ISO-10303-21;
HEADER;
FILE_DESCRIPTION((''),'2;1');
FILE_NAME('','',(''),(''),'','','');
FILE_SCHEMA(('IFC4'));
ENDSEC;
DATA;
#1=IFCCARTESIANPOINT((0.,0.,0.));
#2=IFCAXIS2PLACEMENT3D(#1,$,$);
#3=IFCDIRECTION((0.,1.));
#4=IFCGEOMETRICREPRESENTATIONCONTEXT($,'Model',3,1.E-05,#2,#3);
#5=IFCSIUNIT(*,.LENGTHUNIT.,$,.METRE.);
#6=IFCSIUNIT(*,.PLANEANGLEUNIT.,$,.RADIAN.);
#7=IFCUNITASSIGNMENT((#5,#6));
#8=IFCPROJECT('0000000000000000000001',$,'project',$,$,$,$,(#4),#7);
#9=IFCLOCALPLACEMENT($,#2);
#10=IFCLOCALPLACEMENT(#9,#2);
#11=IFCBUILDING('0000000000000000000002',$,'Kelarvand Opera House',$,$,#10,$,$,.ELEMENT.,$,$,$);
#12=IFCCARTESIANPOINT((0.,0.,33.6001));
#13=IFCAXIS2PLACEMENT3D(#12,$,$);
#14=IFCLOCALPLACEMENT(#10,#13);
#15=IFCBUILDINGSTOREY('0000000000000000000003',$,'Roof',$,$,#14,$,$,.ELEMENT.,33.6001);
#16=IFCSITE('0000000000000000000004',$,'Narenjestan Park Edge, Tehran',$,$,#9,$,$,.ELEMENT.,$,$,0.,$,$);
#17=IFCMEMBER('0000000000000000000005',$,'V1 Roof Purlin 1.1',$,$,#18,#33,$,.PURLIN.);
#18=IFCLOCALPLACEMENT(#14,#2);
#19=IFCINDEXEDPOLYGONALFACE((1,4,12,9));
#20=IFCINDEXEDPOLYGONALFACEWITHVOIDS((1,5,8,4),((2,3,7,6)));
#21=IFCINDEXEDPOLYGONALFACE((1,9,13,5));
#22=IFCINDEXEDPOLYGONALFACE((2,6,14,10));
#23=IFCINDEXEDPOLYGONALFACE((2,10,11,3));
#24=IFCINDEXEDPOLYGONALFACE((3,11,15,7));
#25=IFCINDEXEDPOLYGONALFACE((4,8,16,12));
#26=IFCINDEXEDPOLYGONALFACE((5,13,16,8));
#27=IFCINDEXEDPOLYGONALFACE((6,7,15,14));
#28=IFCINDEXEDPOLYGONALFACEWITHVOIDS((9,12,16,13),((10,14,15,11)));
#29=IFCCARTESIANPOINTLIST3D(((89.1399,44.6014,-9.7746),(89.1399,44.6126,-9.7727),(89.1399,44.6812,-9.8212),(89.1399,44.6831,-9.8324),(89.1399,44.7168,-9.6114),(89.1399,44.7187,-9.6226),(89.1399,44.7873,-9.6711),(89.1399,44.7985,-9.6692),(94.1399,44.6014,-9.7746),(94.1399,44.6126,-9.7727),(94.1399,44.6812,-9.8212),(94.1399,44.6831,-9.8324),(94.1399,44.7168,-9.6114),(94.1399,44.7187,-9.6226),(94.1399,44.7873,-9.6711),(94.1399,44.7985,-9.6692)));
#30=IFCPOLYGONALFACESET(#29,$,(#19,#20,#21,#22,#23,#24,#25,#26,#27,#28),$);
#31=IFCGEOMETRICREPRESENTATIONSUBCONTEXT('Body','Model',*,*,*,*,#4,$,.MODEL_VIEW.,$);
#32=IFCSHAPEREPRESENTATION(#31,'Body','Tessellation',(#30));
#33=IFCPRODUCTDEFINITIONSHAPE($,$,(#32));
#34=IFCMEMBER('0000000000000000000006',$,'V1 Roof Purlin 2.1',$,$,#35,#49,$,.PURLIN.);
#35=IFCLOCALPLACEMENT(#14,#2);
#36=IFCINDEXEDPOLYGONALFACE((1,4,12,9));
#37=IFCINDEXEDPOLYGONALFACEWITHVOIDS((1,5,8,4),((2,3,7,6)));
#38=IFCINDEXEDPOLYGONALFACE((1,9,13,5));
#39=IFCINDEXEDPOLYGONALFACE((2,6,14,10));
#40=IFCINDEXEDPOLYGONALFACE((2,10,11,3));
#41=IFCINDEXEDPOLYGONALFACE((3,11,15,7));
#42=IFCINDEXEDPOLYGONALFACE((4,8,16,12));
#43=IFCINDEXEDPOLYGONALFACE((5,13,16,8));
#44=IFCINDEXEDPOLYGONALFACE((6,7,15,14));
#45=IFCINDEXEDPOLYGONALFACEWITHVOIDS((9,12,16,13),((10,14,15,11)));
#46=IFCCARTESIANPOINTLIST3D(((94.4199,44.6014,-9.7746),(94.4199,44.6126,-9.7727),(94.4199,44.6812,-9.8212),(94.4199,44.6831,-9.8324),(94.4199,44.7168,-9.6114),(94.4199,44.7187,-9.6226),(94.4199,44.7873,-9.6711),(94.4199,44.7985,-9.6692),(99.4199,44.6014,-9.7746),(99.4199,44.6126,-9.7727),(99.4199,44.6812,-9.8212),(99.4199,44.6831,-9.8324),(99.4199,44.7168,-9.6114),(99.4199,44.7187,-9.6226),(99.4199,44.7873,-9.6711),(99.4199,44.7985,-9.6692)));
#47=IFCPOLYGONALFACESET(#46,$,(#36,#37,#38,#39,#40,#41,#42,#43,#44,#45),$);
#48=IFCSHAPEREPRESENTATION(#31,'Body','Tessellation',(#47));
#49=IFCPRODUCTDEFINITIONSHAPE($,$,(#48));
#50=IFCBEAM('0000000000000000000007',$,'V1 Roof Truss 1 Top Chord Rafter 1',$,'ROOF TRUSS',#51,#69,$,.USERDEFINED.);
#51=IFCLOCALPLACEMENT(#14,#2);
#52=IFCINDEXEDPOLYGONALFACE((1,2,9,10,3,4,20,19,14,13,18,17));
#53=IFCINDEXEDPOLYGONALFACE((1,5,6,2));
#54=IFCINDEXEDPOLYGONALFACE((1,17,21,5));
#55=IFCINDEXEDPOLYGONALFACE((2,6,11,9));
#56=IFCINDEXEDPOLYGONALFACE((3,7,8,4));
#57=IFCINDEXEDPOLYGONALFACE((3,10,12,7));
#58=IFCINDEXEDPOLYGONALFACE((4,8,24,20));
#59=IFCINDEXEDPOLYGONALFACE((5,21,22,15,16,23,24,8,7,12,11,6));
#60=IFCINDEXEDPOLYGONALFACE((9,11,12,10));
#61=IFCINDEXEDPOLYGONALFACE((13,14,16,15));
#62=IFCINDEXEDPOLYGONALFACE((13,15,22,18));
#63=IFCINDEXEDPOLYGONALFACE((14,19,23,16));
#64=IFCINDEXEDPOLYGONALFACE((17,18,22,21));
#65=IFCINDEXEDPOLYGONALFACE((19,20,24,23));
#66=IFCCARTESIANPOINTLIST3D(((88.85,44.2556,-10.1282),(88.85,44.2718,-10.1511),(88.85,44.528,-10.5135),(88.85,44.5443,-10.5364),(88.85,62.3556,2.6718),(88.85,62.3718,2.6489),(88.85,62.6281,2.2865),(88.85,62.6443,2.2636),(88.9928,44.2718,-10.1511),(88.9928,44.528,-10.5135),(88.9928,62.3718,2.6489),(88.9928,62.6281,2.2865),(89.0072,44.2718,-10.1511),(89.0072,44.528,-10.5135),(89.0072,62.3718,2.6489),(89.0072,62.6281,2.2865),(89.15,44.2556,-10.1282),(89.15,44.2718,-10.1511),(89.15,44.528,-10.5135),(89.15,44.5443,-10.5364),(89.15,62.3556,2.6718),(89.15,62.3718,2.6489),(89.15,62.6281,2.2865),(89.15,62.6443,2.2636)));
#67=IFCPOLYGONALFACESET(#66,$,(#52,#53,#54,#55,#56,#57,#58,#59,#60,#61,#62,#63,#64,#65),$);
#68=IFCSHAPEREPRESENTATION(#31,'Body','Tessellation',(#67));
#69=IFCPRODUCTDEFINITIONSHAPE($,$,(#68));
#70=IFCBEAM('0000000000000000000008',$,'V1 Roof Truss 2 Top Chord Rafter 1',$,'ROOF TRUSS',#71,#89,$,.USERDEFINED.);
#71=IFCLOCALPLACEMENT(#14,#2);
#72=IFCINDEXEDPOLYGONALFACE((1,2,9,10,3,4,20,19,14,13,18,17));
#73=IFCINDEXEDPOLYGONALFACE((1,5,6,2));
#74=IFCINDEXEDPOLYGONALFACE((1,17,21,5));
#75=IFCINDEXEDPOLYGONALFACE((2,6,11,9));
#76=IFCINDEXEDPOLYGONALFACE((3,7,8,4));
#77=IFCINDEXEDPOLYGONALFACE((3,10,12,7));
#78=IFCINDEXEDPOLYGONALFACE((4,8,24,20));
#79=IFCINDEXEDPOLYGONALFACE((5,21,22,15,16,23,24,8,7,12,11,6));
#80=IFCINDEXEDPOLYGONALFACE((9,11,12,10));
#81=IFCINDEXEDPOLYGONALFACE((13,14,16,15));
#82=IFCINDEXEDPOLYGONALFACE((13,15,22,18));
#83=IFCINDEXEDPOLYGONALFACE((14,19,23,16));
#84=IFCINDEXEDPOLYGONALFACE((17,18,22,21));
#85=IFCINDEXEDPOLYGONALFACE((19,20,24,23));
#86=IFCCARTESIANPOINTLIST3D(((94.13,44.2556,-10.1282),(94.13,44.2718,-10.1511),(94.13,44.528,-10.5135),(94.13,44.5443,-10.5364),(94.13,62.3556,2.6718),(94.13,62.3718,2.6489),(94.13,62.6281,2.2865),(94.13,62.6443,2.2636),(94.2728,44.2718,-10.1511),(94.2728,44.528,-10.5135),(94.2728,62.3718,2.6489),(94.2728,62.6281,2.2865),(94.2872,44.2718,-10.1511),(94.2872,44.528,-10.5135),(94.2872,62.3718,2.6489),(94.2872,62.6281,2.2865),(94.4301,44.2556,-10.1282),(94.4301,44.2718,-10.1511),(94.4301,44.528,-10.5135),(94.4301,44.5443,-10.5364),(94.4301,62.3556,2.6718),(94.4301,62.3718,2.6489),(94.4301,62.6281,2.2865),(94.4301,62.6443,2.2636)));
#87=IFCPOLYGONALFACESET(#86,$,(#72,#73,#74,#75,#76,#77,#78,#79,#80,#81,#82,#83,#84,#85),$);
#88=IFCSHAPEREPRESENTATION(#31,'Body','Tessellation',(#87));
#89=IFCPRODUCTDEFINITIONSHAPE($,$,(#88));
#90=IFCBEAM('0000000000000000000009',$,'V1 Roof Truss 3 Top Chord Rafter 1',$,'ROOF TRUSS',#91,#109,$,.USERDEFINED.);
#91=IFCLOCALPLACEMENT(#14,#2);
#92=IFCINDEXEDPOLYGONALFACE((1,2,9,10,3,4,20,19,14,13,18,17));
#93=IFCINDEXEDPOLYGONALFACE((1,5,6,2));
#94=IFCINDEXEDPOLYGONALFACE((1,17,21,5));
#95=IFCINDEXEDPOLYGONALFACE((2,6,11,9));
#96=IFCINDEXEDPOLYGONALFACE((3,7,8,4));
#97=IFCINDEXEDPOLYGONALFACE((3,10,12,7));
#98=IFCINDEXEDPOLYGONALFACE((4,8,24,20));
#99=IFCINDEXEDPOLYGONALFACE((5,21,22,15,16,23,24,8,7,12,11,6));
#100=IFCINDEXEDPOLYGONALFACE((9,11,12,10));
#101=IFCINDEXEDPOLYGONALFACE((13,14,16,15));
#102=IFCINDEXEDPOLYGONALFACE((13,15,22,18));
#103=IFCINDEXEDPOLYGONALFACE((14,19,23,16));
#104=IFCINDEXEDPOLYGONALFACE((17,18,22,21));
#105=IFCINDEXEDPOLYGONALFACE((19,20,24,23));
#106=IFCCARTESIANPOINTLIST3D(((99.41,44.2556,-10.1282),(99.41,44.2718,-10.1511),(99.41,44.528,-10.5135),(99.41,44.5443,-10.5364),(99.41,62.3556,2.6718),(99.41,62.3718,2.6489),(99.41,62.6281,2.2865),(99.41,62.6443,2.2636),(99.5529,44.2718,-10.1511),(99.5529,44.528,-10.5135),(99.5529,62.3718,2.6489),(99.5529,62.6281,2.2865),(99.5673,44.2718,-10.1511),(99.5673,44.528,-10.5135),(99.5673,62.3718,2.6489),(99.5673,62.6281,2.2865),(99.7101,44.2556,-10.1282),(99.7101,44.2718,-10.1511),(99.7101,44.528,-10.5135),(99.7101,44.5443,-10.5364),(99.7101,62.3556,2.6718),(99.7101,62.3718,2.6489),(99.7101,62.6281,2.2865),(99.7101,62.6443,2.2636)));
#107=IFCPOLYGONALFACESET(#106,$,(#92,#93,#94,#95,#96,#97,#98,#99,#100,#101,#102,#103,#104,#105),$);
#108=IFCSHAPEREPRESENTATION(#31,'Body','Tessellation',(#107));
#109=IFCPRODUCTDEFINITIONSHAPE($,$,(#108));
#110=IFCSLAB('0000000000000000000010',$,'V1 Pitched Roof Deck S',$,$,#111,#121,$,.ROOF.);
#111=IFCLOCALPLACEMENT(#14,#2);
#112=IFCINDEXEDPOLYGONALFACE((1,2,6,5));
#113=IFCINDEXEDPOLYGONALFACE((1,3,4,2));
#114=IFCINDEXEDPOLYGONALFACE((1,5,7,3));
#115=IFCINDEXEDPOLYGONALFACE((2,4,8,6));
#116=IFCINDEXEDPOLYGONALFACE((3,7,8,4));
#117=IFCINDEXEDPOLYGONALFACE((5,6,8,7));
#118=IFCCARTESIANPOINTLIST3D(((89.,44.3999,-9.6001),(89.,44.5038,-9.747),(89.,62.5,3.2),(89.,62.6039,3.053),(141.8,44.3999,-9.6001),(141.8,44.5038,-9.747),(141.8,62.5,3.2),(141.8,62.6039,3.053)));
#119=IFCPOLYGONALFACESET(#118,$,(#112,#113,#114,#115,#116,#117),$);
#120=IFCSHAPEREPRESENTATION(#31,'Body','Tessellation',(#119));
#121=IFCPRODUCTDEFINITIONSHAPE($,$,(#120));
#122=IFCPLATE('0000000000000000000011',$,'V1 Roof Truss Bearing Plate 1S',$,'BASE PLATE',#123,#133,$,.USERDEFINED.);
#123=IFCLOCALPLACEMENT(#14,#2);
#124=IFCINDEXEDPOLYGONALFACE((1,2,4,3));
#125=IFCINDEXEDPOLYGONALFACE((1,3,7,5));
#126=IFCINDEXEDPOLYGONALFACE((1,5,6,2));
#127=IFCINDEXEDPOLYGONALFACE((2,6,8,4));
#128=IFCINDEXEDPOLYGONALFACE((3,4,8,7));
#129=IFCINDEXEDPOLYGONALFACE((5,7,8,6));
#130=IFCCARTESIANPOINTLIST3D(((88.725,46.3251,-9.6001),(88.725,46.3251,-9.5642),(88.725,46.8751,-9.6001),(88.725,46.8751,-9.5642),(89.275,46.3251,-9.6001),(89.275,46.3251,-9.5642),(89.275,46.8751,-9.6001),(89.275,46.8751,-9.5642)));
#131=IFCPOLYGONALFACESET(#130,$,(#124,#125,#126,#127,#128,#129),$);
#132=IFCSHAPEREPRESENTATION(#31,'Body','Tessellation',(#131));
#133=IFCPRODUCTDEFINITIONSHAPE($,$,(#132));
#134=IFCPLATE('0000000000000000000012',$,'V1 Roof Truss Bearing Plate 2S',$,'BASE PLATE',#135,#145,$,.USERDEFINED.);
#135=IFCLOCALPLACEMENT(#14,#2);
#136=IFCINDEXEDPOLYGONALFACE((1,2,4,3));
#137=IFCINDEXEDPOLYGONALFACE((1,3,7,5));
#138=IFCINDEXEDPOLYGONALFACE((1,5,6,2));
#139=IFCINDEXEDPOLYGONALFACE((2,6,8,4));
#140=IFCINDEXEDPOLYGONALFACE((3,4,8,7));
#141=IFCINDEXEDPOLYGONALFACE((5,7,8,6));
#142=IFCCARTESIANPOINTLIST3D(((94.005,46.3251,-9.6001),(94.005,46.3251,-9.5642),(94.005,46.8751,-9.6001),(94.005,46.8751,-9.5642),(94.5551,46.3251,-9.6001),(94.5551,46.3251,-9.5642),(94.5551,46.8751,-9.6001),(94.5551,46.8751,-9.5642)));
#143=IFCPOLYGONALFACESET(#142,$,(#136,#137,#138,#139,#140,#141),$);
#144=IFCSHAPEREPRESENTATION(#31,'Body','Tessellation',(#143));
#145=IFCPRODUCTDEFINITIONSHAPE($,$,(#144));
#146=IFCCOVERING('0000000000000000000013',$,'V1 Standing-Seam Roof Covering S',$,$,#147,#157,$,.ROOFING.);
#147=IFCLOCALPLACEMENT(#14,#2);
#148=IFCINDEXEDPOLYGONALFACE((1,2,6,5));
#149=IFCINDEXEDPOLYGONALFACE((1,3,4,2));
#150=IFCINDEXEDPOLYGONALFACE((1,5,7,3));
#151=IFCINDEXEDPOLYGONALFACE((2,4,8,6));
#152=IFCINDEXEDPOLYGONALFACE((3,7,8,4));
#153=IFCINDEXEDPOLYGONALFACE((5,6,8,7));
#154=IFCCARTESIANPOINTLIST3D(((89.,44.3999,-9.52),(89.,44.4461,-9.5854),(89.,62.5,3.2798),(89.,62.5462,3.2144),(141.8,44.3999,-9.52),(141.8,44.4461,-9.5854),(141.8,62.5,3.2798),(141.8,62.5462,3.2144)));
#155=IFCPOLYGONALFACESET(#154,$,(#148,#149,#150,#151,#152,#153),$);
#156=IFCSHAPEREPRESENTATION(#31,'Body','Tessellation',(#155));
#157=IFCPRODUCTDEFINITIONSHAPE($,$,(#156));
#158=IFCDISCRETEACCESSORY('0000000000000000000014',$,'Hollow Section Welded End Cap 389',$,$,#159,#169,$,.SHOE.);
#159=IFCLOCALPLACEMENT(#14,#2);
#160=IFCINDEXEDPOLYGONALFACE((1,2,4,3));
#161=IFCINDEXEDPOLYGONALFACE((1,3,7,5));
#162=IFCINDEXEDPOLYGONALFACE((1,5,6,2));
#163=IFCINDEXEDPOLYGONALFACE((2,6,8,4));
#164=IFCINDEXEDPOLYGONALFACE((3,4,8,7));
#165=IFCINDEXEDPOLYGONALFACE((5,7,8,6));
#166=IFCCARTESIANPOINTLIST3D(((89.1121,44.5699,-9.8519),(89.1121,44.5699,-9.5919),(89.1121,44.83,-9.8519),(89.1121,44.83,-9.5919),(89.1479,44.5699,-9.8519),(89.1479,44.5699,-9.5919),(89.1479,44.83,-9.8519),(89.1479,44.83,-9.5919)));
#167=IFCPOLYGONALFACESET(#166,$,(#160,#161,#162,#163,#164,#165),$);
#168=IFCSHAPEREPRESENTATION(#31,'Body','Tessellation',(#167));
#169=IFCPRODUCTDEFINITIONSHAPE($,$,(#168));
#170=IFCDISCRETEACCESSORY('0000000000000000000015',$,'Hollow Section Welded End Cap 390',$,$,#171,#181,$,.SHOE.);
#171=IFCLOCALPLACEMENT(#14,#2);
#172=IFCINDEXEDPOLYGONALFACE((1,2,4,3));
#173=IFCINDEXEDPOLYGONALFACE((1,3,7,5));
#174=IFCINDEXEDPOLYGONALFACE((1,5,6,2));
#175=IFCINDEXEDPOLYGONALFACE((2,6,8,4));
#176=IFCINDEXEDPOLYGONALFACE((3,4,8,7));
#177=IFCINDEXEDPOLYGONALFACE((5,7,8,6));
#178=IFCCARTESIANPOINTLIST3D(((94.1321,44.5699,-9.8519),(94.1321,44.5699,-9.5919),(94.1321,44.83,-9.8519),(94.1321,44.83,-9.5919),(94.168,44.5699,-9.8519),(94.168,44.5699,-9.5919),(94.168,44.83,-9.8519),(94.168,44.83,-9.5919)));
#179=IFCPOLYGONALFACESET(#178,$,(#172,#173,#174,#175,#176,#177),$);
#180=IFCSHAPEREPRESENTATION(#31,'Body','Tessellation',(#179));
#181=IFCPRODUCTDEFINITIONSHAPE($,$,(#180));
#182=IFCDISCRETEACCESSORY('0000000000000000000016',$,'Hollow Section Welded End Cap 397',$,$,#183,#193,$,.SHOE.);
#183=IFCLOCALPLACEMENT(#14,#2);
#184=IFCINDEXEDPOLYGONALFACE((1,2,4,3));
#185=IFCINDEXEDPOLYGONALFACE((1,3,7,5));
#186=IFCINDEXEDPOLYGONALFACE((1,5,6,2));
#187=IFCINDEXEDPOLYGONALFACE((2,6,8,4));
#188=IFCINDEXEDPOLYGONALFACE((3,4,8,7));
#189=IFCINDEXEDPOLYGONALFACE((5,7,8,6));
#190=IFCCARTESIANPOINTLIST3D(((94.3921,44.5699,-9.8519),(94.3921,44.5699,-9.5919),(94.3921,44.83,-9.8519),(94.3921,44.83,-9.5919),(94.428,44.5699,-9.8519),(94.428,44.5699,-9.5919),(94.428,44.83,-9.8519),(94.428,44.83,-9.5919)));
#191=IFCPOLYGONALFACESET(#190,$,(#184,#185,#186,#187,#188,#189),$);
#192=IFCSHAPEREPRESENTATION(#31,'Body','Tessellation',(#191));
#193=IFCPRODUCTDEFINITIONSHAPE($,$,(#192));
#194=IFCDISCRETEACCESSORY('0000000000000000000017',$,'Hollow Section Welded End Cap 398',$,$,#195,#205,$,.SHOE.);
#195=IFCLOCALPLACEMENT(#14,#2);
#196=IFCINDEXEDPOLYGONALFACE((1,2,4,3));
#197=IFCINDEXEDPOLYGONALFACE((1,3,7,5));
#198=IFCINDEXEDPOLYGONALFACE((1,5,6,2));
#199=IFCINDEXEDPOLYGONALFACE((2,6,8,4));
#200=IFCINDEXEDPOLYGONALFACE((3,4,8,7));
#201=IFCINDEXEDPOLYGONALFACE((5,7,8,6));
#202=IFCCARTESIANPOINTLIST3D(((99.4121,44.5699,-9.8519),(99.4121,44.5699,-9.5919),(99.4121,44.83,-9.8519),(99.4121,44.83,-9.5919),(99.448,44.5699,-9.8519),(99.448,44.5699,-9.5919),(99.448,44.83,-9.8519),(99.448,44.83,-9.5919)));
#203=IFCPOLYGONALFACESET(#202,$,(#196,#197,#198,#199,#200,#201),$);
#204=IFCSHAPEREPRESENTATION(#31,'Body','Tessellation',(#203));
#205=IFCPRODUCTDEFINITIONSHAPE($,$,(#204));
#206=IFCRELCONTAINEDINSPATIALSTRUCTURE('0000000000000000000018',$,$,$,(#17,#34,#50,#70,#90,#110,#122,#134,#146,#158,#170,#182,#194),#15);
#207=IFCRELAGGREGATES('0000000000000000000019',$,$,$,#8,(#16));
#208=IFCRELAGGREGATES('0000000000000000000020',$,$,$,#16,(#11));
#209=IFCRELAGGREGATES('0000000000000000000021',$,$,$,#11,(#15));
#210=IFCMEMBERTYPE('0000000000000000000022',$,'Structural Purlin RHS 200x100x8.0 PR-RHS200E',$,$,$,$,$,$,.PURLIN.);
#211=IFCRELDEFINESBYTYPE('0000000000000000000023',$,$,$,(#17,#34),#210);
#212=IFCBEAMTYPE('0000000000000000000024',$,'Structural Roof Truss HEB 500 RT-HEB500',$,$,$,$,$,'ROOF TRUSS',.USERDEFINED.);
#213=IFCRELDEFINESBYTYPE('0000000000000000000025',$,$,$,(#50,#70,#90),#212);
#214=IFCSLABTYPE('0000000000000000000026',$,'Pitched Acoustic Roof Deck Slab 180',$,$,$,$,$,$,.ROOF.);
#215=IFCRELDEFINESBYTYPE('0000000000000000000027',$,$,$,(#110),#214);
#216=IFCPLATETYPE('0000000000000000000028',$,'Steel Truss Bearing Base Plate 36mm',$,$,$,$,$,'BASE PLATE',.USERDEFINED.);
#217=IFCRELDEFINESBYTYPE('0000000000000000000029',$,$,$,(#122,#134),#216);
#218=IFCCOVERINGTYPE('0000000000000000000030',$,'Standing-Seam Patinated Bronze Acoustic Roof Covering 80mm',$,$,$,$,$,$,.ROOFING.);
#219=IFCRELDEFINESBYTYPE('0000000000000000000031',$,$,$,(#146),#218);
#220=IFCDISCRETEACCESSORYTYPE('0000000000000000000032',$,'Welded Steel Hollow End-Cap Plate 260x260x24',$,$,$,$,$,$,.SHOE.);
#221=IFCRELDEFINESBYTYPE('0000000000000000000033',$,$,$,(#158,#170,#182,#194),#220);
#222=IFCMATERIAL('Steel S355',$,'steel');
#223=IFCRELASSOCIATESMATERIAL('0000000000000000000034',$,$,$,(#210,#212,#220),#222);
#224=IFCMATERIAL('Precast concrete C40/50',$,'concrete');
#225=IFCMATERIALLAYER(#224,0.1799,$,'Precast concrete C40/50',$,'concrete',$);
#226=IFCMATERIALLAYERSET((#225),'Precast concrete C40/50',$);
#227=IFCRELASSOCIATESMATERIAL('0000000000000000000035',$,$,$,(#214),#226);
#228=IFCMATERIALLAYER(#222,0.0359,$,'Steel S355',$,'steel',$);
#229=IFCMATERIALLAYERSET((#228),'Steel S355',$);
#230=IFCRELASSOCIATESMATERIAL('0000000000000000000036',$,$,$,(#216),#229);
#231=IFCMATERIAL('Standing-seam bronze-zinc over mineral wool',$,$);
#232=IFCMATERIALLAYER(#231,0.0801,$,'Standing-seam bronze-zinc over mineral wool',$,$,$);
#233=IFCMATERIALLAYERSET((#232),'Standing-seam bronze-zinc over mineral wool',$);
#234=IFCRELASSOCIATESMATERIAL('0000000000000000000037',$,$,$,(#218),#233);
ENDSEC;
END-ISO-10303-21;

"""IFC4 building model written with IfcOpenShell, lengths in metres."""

from ifc_helpers import new_model, si_unit, direction, frame, origin, origin_2d, place, context, subcontext, project, spatial, polyline, rectangle, hollow_rectangle, i_section, outline, extrude, material, layer, layer_set, material_profile, profile_set, type_object, element, save


model = new_model("IFC4")

# Units and contexts
model_context = context("Model", 3, precision=1e-05, world=origin(), true_north=direction((0.0, 1.0)))
body_context = subcontext(model_context, "Body", "Model", "MODEL_VIEW")
ifc_project = project(units=[si_unit("LENGTHUNIT", "METRE"), si_unit("PLANEANGLEUNIT", "RADIAN")], contexts=[model_context])

# Site, building, storey
site_placement = place(None, origin())
site = spatial("IfcSite", under=ifc_project, at=site_placement, Name="Narenjestan Park Edge, Tehran", CompositionType="ELEMENT", RefElevation=0.0)
building_placement = place(site_placement, origin())
building = spatial("IfcBuilding", under=site, at=building_placement, Name="Kelarvand Opera House", CompositionType="ELEMENT")
storey_placement = place(building_placement, frame((0.0, 0.0, 33.6001)))
storey = spatial("IfcBuildingStorey", under=building, at=storey_placement, Name="Roof", CompositionType="ELEMENT", Elevation=33.6001)

# Members
ifc_material_1 = material(Name="Steel S355", Category="steel")
ifc_material_profile_1 = material_profile(ifc_material_1, hollow_rectangle(XDim=0.1001, YDim=0.2, WallThickness=0.0081, at=origin_2d()), Name="RHS 200x100x8.0", Category="steel")
ifc_profile_set_1 = profile_set([ifc_material_profile_1], Name="Steel S355")
member_type_1 = type_object("IfcMemberType", Name="Structural Purlin RHS 200x100x8.0 PR-RHS200E", PredefinedType="PURLIN", material=ifc_profile_set_1)
for number, where, z_axis, x_axis, name in (
    (1, (89.1399, 44.7, -9.7219), (1.0, 0.0, 0.0), (0.0, 0.81644, -0.57743), "V1 Roof Purlin 1.1"),
    (2, (94.4199, 44.7, -9.7219), (1.0, 0.0, 0.0), (0.0, 0.81644, -0.57743), "V1 Roof Purlin 2.1"),
):
    element("IfcMember", number, at=place(storey_placement, frame(where, z_axis=z_axis, x_axis=x_axis)), inside=storey, type_object=member_type_1, Name=name, PredefinedType="PURLIN", context=body_context, shape_type="SweptSolid", body=[
        extrude(hollow_rectangle(XDim=0.1001, YDim=0.2, WallThickness=0.0081, at=origin_2d()), origin(), (0.0, 0.0, 1.0), 5.0),
    ])

# Beams
ifc_material_profile_2 = material_profile(ifc_material_1, i_section(OverallWidth=0.3, OverallDepth=0.5, WebThickness=0.0144, FlangeThickness=0.0281, at=origin_2d()), Name="HEB 500", Category="steel")
ifc_profile_set_2 = profile_set([ifc_material_profile_2], Name="Steel S355")
beam_type = type_object("IfcBeamType", Name="Structural Roof Truss HEB 500 RT-HEB500", ElementType="ROOF TRUSS", PredefinedType="USERDEFINED", material=ifc_profile_set_2)
for number, where, z_axis, x_axis, name in (
    (3, (89.0, 44.3999, -10.3323), (0.0, 0.816468, 0.577391), (-1.0, 0.0, 0.0), "V1 Roof Truss 1 Top Chord Rafter 1"),
    (4, (94.28, 44.3999, -10.3323), (0.0, 0.816468, 0.577391), (-1.0, 0.0, 0.0), "V1 Roof Truss 2 Top Chord Rafter 1"),
    (5, (99.5601, 44.3999, -10.3323), (0.0, 0.816468, 0.577391), (-1.0, 0.0, 0.0), "V1 Roof Truss 3 Top Chord Rafter 1"),
):
    element("IfcBeam", number, at=place(storey_placement, frame(where, z_axis=z_axis, x_axis=x_axis)), inside=storey, type_object=beam_type, Name=name, ObjectType="ROOF TRUSS", PredefinedType="USERDEFINED", context=body_context, shape_type="SweptSolid", body=[
        extrude(i_section(OverallWidth=0.3, OverallDepth=0.5, WebThickness=0.0144, FlangeThickness=0.0281, at=origin_2d()), origin(), (0.0, 0.0, 1.0), 22.1687),
    ])

# Slab
ifc_material_2 = material(Name="Precast concrete C40/50", Category="concrete")
ifc_layer_1 = layer(ifc_material_2, 0.1799, Name="Precast concrete C40/50", Category="concrete")
ifc_layer_set_1 = layer_set([ifc_layer_1], Name="Precast concrete C40/50")
slab_type = type_object("IfcSlabType", Name="Pitched Acoustic Roof Deck Slab 180", PredefinedType="ROOF", material=ifc_layer_set_1)
slab_placement = place(storey_placement, frame((89.0, 44.3999, -9.6001), z_axis=(0.0, -0.577391, 0.816468), x_axis=(1.0, 0.0, 0.0)))
element("IfcSlab", 6, at=slab_placement, inside=storey, type_object=slab_type, Name="V1 Pitched Roof Deck S", PredefinedType="ROOF", context=body_context, shape_type="SweptSolid", body=[
    extrude(outline(polyline([(0.0, 0.0), (52.8, 0.0), (52.8, 22.1688), (0.0, 22.1688), (0.0, 0.0)])), origin(), (0.0, 0.0, -1.0), 0.1799),
])

# Plates
ifc_layer_2 = layer(ifc_material_1, 0.0359, Name="Steel S355", Category="steel")
ifc_layer_set_2 = layer_set([ifc_layer_2], Name="Steel S355")
plate_type = type_object("IfcPlateType", Name="Steel Truss Bearing Base Plate 36mm", ElementType="BASE PLATE", PredefinedType="USERDEFINED", material=ifc_layer_set_2)
for number, where, z_axis, x_axis, name in (
    (7, (89.0, 46.6001, -9.6001), (0.0, 0.0, 1.0), (1.0, 0.0, 0.0), "V1 Roof Truss Bearing Plate 1S"),
    (8, (94.28, 46.6001, -9.6001), (0.0, 0.0, 1.0), (1.0, 0.0, 0.0), "V1 Roof Truss Bearing Plate 2S"),
):
    element("IfcPlate", number, at=place(storey_placement, frame(where, z_axis=z_axis, x_axis=x_axis)), inside=storey, type_object=plate_type, Name=name, ObjectType="BASE PLATE", PredefinedType="USERDEFINED", context=body_context, shape_type="SweptSolid", body=[
        extrude(rectangle(XDim=0.55, YDim=0.55, at=origin_2d()), origin(), (0.0, 0.0, 1.0), 0.0359),
    ])

# Covering
ifc_material_3 = material(Name="Standing-seam bronze-zinc over mineral wool")
ifc_layer_3 = layer(ifc_material_3, 0.0801, Name="Standing-seam bronze-zinc over mineral wool")
ifc_layer_set_3 = layer_set([ifc_layer_3], Name="Standing-seam bronze-zinc over mineral wool")
covering_type = type_object("IfcCoveringType", Name="Standing-Seam Patinated Bronze Acoustic Roof Covering 80mm", PredefinedType="ROOFING", material=ifc_layer_set_3)
covering_placement = place(storey_placement, frame((89.0, 44.3999, -9.52), z_axis=(0.0, -0.577383, 0.816473), x_axis=(1.0, 0.0, 0.0)))
element("IfcCovering", 9, at=covering_placement, inside=storey, type_object=covering_type, Name="V1 Standing-Seam Roof Covering S", PredefinedType="ROOFING", context=body_context, shape_type="SweptSolid", body=[
    extrude(outline(polyline([(0.0, 0.0), (52.8, 0.0), (52.8, 22.1686), (0.0, 22.1686), (0.0, 0.0)])), origin(), (0.0, 0.0, -1.0), 0.0801),
])

# Discrete accessories
ifc_material_profile_3 = material_profile(ifc_material_1, rectangle(XDim=0.26, YDim=0.26, at=origin_2d()), Name="Welded Steel Hollow End-Cap Plate 260x260x24", Category="steel")
ifc_profile_set_3 = profile_set([ifc_material_profile_3], Name="Steel S355")
discrete_accessory_type_1 = type_object("IfcDiscreteAccessoryType", Name="Welded Steel Hollow End-Cap Plate 260x260x24", PredefinedType="SHOE", material=ifc_profile_set_3)
for number, where, z_axis, x_axis, name in (
    (10, (89.1479, 44.7, -9.7219), (-1.0, 0.0, 0.0), (0.0, -1.0, 0.0), "Hollow Section Welded End Cap 389"),
    (11, (94.1321, 44.7, -9.7219), (1.0, 0.0, 0.0), (0.0, 1.0, 0.0), "Hollow Section Welded End Cap 390"),
    (12, (94.428, 44.7, -9.7219), (-1.0, 0.0, 0.0), (0.0, -1.0, 0.0), "Hollow Section Welded End Cap 397"),
    (13, (99.4121, 44.7, -9.7219), (1.0, 0.0, 0.0), (0.0, 1.0, 0.0), "Hollow Section Welded End Cap 398"),
):
    element("IfcDiscreteAccessory", number, at=place(storey_placement, frame(where, z_axis=z_axis, x_axis=x_axis)), inside=storey, type_object=discrete_accessory_type_1, Name=name, PredefinedType="SHOE", context=body_context, shape_type="SweptSolid", body=[
        extrude(rectangle(XDim=0.26, YDim=0.26, at=origin_2d()), origin(), (0.0, 0.0, 1.0), 0.0359),
    ])

save(model, "model.ifc")
